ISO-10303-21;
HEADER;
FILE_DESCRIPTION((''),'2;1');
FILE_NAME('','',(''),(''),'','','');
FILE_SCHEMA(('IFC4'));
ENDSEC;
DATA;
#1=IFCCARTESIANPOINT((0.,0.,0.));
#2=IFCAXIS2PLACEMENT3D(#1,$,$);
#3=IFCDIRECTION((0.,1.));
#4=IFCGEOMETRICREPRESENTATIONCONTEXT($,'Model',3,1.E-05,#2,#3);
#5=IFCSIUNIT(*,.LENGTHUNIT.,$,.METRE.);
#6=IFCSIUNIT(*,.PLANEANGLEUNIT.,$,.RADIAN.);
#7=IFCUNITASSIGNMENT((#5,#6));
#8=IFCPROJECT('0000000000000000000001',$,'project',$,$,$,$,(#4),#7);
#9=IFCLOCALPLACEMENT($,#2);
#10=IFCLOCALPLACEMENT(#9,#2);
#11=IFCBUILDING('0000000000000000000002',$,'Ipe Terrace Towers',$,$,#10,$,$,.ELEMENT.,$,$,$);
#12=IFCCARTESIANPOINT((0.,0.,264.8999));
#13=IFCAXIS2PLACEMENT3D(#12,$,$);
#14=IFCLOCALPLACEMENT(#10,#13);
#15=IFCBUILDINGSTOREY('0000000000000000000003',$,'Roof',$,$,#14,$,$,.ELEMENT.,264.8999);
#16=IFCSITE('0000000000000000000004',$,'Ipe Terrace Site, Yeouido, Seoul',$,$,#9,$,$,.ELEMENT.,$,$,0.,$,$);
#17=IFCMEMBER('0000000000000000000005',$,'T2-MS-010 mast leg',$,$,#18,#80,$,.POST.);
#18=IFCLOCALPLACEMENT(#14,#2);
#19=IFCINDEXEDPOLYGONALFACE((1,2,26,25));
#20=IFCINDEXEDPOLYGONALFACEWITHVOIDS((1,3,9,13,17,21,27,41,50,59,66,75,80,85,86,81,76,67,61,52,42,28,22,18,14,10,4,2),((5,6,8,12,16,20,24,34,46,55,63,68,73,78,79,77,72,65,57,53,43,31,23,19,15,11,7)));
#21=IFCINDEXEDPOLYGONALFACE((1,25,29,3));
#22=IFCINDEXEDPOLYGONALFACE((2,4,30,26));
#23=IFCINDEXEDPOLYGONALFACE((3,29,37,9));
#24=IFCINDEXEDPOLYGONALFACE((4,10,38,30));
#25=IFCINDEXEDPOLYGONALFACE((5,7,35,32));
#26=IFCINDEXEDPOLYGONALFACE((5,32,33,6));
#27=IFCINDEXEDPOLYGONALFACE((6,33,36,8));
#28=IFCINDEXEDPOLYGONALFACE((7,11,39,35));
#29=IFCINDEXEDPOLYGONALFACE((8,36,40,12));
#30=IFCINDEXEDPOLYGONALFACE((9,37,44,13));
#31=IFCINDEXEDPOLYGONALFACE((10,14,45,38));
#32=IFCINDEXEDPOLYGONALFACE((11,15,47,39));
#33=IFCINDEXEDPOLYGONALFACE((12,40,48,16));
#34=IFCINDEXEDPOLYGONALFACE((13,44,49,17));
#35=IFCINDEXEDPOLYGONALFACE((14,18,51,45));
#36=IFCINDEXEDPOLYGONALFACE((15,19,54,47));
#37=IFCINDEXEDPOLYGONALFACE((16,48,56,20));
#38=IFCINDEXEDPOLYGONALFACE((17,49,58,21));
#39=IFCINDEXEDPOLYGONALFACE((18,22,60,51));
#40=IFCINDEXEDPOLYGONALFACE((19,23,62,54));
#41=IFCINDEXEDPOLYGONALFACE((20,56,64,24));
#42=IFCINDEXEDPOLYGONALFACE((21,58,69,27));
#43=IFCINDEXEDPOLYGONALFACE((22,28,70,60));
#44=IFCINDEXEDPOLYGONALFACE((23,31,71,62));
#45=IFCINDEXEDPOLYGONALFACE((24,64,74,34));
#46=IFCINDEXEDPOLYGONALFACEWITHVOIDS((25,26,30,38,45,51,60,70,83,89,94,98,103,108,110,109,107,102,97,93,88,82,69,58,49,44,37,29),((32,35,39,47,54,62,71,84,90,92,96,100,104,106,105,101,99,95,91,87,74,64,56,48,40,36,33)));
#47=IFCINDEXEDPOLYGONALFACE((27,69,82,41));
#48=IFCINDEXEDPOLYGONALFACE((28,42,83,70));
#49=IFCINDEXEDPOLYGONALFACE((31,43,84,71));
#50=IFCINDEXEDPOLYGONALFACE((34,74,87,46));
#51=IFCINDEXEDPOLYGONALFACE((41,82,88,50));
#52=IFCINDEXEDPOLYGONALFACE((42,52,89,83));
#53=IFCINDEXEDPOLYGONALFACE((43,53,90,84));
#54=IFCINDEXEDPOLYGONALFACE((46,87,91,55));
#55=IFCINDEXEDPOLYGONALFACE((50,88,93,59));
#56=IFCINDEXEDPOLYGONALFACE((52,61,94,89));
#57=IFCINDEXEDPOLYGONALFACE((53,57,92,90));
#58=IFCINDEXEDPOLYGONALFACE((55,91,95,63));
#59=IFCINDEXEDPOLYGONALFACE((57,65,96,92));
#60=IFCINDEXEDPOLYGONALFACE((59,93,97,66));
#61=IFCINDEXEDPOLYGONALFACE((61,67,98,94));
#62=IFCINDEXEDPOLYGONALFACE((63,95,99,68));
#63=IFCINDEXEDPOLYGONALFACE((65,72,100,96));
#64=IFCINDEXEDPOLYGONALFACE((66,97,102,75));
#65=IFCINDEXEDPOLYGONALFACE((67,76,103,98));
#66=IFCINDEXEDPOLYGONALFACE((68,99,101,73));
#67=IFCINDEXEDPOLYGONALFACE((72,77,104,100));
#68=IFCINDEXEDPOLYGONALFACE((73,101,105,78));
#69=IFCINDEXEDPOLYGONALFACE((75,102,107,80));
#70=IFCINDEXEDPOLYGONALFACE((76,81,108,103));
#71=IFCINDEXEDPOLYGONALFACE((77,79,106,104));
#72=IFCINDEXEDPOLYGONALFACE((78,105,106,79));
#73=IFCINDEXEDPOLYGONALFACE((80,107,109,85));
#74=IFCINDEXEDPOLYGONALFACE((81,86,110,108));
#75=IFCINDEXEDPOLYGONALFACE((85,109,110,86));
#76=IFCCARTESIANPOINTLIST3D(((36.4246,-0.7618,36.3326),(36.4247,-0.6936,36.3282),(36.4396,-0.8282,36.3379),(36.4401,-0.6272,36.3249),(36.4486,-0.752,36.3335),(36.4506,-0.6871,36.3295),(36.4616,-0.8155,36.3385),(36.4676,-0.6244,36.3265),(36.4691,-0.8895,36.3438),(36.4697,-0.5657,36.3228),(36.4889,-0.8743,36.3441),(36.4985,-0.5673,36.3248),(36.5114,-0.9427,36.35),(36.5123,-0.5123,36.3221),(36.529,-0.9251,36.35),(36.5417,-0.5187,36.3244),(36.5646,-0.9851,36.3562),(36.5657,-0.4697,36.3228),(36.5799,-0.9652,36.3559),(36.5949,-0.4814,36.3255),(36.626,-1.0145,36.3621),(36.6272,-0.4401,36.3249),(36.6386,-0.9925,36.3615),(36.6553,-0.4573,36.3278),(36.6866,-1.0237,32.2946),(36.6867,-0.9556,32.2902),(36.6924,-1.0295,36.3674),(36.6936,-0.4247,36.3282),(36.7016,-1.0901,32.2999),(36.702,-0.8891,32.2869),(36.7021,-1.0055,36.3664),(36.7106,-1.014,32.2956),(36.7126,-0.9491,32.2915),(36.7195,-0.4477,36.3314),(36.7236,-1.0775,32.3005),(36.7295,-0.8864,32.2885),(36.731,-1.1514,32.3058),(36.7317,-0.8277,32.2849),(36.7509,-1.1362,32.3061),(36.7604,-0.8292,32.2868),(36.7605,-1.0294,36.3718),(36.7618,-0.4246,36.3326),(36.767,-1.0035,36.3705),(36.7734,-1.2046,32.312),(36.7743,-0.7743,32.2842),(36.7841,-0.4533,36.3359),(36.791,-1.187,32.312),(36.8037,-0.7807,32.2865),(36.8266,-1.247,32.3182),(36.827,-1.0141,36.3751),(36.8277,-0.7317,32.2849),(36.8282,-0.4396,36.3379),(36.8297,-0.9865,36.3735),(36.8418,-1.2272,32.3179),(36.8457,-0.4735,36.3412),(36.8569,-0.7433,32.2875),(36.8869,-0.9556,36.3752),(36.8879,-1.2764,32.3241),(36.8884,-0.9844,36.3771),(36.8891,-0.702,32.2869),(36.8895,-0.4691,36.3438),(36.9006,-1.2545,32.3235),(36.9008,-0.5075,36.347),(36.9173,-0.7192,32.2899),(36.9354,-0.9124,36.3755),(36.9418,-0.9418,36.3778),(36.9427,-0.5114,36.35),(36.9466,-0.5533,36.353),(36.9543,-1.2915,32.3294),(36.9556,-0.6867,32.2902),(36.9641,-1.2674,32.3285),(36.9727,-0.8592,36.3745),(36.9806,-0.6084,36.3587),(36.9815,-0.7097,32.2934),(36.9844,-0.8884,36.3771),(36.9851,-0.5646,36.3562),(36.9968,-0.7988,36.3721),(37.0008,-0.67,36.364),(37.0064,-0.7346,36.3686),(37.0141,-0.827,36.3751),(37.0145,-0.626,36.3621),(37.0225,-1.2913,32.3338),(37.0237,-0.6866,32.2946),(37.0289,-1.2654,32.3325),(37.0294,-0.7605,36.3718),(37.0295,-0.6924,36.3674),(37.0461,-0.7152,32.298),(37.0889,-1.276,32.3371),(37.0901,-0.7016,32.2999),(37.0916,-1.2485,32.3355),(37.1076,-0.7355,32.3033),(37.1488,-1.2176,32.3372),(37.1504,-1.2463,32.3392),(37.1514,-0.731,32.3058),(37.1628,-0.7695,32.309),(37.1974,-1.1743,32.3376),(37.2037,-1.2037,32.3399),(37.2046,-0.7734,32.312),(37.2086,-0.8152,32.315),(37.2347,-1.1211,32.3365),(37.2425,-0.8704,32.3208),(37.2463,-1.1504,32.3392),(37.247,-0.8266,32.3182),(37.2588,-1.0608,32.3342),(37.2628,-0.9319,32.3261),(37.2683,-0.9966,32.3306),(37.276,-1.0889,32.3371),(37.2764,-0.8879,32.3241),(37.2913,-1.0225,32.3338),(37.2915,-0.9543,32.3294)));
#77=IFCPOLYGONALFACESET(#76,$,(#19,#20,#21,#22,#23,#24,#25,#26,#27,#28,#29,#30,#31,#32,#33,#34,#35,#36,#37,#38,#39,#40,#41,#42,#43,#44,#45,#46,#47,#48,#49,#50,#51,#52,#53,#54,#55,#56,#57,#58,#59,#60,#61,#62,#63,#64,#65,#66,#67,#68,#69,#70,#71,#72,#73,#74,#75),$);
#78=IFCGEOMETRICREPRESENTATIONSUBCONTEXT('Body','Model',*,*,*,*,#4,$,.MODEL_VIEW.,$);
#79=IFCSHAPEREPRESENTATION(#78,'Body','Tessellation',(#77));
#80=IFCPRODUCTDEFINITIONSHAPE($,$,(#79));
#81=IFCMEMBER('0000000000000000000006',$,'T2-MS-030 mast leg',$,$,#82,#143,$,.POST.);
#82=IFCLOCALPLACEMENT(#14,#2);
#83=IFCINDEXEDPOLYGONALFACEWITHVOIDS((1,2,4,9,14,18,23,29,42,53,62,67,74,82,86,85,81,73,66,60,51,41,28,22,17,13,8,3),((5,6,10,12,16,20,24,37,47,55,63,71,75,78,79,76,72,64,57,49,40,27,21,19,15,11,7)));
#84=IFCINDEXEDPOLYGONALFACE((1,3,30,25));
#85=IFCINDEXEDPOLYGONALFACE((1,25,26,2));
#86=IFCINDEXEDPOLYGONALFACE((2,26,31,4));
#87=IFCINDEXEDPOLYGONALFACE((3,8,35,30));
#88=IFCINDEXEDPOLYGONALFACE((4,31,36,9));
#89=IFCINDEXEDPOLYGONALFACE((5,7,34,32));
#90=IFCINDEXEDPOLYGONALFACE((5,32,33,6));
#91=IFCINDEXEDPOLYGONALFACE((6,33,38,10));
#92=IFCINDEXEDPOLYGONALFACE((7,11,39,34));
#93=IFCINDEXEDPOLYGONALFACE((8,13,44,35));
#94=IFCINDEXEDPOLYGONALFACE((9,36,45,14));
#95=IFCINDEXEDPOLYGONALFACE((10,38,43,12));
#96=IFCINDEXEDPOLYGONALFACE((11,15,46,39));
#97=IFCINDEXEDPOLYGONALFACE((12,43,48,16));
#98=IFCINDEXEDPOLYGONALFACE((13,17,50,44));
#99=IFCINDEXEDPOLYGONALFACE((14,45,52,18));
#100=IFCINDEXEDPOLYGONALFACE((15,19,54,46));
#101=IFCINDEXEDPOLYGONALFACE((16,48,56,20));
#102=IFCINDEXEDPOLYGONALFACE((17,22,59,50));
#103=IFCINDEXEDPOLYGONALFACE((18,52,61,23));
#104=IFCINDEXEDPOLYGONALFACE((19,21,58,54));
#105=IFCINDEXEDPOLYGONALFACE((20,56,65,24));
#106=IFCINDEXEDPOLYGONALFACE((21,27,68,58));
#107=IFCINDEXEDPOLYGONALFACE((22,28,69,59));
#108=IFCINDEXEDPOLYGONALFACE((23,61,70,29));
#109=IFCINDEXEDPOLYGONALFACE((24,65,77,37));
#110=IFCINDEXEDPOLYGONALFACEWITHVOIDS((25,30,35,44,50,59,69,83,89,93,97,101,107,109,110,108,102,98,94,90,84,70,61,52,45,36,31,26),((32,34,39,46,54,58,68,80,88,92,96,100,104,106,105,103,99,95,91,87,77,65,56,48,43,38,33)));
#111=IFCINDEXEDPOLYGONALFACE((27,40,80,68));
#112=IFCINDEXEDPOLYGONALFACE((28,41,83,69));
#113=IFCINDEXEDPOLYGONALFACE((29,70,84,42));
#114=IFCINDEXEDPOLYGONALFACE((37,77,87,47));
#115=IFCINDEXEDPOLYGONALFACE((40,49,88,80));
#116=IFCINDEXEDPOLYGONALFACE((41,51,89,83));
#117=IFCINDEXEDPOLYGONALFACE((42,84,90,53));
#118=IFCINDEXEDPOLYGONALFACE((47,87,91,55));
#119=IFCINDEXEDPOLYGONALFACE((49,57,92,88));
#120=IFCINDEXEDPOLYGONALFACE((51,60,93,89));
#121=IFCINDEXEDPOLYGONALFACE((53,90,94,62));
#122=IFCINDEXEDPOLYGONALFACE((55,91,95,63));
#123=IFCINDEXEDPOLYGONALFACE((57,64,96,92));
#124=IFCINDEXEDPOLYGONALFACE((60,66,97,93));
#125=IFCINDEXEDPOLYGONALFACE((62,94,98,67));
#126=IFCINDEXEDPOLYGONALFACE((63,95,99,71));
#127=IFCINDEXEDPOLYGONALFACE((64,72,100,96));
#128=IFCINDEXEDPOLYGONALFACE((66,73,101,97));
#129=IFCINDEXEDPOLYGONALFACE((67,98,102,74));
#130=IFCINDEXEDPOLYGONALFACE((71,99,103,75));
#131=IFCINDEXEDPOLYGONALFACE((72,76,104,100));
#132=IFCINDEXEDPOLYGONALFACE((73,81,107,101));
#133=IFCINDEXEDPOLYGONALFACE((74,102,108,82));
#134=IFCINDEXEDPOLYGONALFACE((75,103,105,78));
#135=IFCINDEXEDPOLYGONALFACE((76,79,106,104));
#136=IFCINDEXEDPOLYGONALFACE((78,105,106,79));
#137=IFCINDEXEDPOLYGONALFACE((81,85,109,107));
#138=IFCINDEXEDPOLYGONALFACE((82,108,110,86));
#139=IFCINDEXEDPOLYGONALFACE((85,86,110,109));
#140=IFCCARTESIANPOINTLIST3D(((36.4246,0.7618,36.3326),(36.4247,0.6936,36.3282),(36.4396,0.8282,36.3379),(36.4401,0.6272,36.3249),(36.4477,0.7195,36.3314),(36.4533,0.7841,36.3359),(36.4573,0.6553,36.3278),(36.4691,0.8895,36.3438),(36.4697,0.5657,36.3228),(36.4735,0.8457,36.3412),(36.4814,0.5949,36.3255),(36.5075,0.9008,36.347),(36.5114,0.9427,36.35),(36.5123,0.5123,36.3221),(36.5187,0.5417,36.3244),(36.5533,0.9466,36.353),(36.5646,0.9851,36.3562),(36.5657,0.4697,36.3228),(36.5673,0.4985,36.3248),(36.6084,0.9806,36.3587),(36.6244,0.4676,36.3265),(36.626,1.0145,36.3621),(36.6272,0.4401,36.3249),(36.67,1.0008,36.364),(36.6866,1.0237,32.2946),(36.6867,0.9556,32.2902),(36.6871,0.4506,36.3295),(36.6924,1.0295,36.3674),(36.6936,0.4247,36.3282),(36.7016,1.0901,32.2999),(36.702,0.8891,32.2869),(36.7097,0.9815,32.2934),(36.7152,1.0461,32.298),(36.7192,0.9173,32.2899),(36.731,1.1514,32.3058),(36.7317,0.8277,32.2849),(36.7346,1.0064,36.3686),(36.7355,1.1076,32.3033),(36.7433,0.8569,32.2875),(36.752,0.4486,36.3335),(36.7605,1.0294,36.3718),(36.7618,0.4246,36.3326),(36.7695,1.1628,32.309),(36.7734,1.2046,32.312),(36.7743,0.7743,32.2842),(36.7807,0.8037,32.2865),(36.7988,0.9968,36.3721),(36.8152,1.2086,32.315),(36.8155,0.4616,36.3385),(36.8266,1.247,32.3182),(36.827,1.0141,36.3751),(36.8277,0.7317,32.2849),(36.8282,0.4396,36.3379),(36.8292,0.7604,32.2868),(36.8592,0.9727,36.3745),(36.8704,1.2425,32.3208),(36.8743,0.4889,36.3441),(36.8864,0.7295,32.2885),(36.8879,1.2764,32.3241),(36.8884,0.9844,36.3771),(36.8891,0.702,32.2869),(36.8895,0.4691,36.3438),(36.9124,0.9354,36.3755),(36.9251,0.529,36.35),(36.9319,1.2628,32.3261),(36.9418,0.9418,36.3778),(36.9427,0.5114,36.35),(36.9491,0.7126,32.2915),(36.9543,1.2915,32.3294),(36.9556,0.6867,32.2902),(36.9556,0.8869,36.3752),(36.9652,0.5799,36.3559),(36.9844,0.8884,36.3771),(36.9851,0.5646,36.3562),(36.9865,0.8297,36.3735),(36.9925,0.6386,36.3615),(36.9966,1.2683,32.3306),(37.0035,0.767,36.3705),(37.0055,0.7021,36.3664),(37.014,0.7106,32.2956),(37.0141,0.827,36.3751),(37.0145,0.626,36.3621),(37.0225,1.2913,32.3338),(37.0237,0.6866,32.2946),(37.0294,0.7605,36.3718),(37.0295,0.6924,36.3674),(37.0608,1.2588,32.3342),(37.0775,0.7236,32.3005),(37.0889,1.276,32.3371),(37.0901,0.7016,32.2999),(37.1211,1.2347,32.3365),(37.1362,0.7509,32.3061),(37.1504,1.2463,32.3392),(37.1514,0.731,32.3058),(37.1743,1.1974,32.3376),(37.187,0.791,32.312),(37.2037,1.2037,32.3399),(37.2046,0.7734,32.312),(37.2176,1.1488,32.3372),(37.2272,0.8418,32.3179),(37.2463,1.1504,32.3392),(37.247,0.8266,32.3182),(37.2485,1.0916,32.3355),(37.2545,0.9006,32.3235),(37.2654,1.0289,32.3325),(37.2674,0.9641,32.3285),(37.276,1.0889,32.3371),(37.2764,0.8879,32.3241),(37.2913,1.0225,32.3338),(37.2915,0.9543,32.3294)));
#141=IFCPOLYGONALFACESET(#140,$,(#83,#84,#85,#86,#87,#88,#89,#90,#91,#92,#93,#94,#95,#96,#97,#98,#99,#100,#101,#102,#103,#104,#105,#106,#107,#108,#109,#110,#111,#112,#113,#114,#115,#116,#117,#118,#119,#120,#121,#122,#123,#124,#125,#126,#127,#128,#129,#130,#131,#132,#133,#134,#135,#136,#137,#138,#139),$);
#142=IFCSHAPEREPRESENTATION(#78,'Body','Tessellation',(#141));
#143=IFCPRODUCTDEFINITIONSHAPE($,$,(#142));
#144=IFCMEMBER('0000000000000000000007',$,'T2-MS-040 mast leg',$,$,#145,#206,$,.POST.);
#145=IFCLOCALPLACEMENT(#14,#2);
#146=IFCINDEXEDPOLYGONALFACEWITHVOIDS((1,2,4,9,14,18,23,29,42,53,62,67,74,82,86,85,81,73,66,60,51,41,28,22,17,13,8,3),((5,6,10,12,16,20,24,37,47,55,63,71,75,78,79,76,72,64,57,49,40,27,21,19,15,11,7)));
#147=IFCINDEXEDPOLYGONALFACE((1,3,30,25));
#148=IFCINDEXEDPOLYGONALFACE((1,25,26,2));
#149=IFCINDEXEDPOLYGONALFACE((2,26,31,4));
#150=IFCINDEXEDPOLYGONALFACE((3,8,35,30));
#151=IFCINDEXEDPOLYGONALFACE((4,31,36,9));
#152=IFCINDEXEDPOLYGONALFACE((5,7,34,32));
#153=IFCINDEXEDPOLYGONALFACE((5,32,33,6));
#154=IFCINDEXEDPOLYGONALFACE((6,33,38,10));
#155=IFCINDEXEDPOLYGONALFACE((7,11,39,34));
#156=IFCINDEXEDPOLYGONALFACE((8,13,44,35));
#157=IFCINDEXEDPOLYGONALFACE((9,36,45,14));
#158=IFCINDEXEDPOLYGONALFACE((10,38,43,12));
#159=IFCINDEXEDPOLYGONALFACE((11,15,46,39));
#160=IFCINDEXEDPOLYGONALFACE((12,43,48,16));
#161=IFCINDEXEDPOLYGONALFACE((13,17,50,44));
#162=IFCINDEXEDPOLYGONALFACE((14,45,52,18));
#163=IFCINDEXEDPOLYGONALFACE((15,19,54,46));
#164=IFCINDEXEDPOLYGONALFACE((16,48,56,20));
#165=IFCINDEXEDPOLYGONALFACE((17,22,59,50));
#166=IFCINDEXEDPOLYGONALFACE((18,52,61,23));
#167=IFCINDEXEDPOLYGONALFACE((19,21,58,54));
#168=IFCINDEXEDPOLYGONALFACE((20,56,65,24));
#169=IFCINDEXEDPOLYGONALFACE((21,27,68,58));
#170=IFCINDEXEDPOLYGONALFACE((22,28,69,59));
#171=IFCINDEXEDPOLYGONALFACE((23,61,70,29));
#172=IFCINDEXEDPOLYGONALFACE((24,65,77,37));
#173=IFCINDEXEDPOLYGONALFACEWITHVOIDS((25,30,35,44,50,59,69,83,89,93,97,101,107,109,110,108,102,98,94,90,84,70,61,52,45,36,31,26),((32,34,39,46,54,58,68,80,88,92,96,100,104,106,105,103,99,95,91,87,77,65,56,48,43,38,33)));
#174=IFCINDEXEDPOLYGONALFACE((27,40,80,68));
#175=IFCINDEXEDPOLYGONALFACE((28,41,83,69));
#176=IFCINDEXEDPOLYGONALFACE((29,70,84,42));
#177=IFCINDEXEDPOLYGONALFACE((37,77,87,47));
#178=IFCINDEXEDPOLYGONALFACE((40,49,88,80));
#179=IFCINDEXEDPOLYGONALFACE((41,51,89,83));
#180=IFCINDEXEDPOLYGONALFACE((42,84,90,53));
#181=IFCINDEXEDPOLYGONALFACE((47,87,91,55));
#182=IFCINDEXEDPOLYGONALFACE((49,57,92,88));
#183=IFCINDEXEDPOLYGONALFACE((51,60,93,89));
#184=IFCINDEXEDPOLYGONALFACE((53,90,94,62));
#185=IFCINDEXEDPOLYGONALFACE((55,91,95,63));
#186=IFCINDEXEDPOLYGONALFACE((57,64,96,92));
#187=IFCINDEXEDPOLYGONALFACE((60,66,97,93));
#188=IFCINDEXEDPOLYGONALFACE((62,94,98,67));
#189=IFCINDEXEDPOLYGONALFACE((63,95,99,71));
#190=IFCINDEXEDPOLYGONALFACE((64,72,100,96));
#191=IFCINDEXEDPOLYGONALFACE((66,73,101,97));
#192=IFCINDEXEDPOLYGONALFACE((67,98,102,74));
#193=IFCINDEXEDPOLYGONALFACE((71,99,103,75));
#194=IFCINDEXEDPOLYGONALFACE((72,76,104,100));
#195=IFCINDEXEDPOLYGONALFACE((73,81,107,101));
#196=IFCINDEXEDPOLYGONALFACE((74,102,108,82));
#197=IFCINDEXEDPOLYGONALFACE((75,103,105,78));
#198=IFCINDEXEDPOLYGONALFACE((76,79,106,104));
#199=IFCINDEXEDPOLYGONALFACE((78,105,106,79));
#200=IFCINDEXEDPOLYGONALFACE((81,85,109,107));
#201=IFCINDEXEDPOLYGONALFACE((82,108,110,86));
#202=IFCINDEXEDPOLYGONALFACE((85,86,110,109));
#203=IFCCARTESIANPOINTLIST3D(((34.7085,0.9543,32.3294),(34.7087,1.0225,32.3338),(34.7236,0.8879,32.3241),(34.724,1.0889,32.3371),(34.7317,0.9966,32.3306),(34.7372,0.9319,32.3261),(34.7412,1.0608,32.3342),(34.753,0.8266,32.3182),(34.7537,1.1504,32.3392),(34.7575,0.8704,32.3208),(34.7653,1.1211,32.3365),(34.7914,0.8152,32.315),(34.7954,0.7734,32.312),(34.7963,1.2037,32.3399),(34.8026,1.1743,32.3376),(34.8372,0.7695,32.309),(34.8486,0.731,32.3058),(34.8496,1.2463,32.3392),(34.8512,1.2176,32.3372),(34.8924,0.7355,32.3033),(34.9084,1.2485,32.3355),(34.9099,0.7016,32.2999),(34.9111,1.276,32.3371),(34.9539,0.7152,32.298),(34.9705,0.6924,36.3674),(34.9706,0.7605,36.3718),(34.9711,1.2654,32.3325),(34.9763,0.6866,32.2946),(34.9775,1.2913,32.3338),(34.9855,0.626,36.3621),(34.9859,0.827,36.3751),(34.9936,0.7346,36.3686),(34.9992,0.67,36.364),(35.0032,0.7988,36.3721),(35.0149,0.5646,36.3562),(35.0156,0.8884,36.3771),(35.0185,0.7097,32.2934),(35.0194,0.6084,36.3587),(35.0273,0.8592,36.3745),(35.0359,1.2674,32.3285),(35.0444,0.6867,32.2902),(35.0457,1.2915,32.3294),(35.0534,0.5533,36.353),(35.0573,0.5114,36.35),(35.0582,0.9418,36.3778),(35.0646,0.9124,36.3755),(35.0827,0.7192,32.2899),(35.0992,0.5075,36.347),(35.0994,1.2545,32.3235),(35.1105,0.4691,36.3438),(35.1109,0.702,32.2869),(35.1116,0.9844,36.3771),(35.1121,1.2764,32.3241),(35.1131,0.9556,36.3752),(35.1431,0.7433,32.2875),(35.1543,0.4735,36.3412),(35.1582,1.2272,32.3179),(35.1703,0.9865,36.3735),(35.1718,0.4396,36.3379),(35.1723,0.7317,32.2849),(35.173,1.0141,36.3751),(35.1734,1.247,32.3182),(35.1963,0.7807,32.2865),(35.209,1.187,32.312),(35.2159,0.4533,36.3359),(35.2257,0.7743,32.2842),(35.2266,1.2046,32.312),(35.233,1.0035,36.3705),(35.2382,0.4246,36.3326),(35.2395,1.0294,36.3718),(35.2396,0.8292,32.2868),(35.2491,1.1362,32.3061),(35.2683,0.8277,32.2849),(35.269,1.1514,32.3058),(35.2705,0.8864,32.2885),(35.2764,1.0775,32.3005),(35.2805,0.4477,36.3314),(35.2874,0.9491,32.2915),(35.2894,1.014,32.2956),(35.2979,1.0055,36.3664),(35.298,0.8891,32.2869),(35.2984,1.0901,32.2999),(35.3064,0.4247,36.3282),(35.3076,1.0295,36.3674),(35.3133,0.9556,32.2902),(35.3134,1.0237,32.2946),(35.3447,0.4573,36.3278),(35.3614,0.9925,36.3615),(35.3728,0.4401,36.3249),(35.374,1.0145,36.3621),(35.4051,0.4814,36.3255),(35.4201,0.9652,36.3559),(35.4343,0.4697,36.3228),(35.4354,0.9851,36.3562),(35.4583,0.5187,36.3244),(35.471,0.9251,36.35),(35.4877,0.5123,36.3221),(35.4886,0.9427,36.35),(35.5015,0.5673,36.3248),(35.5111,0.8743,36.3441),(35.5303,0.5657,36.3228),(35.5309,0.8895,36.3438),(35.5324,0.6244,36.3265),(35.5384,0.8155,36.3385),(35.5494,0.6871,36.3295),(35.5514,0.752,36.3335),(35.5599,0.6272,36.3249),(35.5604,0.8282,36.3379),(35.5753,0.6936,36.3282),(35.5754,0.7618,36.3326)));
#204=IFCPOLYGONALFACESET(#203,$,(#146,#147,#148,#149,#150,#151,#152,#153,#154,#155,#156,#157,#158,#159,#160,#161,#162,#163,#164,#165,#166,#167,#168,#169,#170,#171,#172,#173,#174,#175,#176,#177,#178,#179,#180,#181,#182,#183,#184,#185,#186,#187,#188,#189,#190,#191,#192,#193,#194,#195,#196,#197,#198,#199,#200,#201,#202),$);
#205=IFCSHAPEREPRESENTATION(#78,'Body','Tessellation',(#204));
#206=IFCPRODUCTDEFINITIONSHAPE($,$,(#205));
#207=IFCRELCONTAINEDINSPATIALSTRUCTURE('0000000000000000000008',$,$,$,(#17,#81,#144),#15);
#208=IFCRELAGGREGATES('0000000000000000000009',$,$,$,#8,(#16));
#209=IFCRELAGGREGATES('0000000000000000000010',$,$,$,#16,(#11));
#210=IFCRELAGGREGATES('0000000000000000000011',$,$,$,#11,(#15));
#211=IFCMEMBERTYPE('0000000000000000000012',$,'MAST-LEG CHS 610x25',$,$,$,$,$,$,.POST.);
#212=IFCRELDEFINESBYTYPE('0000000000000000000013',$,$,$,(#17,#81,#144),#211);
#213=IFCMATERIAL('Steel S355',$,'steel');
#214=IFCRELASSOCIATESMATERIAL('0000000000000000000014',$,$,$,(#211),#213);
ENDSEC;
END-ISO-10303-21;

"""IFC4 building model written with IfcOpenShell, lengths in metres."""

from ifc_helpers import new_model, si_unit, direction, frame, origin, origin_2d, place, context, subcontext, project, spatial, hollow_circle, extrude, material, material_profile, profile_set, type_object, element, save


model = new_model("IFC4")

# Units and contexts
model_context = context("Model", 3, precision=1e-05, world=origin(), true_north=direction((0.0, 1.0)))
body_context = subcontext(model_context, "Body", "Model", "MODEL_VIEW")
ifc_project = project(units=[si_unit("LENGTHUNIT", "METRE"), si_unit("PLANEANGLEUNIT", "RADIAN")], contexts=[model_context])

# Site, building, storey
site_placement = place(None, origin())
site = spatial("IfcSite", under=ifc_project, at=site_placement, Name="Ipe Terrace Site, Yeouido, Seoul", CompositionType="ELEMENT", RefElevation=0.0)
building_placement = place(site_placement, origin())
building = spatial("IfcBuilding", under=site, at=building_placement, Name="Ipe Terrace Towers", CompositionType="ELEMENT")
storey_placement = place(building_placement, frame((0.0, 0.0, 264.8999)))
storey = spatial("IfcBuildingStorey", under=building, at=storey_placement, Name="Roof", CompositionType="ELEMENT", Elevation=264.8999)

# Members
ifc_material_1 = material(Name="Steel S355", Category="steel")
ifc_material_profile_1 = material_profile(ifc_material_1, hollow_circle(Radius=0.3049, WallThickness=0.0249, at=origin_2d()), Name="MAST-LEG CHS 610x25")
ifc_profile_set_1 = profile_set([ifc_material_profile_1], Name="Steel S355")
member_type_1 = type_object("IfcMemberType", Name="MAST-LEG CHS 610x25", PredefinedType="POST", material=ifc_profile_set_1)
for number, where, z_axis, x_axis, name in (
    (1, (36.989, -0.989, 32.312), (-0.064602, 0.064602, 0.995818), (-0.707107, -0.707107, 0.0), "T2-MS-010 mast leg"),
    (2, (36.989, 0.989, 32.312), (-0.064602, -0.064602, 0.995818), (0.707107, -0.707107, 0.0), "T2-MS-030 mast leg"),
    (3, (35.011, 0.989, 32.312), (0.064602, -0.064602, 0.995818), (0.707107, 0.707107, 0.0), "T2-MS-040 mast leg"),
):
    element("IfcMember", number, at=place(storey_placement, frame(where, z_axis=z_axis, x_axis=x_axis)), inside=storey, type_object=member_type_1, Name=name, PredefinedType="POST", context=body_context, shape_type="SweptSolid", body=[
        extrude(hollow_circle(Radius=0.3049, WallThickness=0.0249, at=origin_2d()), origin(), (0.0, 0.0, 1.0), 4.0549),
    ])

save(model, "model.ifc")
